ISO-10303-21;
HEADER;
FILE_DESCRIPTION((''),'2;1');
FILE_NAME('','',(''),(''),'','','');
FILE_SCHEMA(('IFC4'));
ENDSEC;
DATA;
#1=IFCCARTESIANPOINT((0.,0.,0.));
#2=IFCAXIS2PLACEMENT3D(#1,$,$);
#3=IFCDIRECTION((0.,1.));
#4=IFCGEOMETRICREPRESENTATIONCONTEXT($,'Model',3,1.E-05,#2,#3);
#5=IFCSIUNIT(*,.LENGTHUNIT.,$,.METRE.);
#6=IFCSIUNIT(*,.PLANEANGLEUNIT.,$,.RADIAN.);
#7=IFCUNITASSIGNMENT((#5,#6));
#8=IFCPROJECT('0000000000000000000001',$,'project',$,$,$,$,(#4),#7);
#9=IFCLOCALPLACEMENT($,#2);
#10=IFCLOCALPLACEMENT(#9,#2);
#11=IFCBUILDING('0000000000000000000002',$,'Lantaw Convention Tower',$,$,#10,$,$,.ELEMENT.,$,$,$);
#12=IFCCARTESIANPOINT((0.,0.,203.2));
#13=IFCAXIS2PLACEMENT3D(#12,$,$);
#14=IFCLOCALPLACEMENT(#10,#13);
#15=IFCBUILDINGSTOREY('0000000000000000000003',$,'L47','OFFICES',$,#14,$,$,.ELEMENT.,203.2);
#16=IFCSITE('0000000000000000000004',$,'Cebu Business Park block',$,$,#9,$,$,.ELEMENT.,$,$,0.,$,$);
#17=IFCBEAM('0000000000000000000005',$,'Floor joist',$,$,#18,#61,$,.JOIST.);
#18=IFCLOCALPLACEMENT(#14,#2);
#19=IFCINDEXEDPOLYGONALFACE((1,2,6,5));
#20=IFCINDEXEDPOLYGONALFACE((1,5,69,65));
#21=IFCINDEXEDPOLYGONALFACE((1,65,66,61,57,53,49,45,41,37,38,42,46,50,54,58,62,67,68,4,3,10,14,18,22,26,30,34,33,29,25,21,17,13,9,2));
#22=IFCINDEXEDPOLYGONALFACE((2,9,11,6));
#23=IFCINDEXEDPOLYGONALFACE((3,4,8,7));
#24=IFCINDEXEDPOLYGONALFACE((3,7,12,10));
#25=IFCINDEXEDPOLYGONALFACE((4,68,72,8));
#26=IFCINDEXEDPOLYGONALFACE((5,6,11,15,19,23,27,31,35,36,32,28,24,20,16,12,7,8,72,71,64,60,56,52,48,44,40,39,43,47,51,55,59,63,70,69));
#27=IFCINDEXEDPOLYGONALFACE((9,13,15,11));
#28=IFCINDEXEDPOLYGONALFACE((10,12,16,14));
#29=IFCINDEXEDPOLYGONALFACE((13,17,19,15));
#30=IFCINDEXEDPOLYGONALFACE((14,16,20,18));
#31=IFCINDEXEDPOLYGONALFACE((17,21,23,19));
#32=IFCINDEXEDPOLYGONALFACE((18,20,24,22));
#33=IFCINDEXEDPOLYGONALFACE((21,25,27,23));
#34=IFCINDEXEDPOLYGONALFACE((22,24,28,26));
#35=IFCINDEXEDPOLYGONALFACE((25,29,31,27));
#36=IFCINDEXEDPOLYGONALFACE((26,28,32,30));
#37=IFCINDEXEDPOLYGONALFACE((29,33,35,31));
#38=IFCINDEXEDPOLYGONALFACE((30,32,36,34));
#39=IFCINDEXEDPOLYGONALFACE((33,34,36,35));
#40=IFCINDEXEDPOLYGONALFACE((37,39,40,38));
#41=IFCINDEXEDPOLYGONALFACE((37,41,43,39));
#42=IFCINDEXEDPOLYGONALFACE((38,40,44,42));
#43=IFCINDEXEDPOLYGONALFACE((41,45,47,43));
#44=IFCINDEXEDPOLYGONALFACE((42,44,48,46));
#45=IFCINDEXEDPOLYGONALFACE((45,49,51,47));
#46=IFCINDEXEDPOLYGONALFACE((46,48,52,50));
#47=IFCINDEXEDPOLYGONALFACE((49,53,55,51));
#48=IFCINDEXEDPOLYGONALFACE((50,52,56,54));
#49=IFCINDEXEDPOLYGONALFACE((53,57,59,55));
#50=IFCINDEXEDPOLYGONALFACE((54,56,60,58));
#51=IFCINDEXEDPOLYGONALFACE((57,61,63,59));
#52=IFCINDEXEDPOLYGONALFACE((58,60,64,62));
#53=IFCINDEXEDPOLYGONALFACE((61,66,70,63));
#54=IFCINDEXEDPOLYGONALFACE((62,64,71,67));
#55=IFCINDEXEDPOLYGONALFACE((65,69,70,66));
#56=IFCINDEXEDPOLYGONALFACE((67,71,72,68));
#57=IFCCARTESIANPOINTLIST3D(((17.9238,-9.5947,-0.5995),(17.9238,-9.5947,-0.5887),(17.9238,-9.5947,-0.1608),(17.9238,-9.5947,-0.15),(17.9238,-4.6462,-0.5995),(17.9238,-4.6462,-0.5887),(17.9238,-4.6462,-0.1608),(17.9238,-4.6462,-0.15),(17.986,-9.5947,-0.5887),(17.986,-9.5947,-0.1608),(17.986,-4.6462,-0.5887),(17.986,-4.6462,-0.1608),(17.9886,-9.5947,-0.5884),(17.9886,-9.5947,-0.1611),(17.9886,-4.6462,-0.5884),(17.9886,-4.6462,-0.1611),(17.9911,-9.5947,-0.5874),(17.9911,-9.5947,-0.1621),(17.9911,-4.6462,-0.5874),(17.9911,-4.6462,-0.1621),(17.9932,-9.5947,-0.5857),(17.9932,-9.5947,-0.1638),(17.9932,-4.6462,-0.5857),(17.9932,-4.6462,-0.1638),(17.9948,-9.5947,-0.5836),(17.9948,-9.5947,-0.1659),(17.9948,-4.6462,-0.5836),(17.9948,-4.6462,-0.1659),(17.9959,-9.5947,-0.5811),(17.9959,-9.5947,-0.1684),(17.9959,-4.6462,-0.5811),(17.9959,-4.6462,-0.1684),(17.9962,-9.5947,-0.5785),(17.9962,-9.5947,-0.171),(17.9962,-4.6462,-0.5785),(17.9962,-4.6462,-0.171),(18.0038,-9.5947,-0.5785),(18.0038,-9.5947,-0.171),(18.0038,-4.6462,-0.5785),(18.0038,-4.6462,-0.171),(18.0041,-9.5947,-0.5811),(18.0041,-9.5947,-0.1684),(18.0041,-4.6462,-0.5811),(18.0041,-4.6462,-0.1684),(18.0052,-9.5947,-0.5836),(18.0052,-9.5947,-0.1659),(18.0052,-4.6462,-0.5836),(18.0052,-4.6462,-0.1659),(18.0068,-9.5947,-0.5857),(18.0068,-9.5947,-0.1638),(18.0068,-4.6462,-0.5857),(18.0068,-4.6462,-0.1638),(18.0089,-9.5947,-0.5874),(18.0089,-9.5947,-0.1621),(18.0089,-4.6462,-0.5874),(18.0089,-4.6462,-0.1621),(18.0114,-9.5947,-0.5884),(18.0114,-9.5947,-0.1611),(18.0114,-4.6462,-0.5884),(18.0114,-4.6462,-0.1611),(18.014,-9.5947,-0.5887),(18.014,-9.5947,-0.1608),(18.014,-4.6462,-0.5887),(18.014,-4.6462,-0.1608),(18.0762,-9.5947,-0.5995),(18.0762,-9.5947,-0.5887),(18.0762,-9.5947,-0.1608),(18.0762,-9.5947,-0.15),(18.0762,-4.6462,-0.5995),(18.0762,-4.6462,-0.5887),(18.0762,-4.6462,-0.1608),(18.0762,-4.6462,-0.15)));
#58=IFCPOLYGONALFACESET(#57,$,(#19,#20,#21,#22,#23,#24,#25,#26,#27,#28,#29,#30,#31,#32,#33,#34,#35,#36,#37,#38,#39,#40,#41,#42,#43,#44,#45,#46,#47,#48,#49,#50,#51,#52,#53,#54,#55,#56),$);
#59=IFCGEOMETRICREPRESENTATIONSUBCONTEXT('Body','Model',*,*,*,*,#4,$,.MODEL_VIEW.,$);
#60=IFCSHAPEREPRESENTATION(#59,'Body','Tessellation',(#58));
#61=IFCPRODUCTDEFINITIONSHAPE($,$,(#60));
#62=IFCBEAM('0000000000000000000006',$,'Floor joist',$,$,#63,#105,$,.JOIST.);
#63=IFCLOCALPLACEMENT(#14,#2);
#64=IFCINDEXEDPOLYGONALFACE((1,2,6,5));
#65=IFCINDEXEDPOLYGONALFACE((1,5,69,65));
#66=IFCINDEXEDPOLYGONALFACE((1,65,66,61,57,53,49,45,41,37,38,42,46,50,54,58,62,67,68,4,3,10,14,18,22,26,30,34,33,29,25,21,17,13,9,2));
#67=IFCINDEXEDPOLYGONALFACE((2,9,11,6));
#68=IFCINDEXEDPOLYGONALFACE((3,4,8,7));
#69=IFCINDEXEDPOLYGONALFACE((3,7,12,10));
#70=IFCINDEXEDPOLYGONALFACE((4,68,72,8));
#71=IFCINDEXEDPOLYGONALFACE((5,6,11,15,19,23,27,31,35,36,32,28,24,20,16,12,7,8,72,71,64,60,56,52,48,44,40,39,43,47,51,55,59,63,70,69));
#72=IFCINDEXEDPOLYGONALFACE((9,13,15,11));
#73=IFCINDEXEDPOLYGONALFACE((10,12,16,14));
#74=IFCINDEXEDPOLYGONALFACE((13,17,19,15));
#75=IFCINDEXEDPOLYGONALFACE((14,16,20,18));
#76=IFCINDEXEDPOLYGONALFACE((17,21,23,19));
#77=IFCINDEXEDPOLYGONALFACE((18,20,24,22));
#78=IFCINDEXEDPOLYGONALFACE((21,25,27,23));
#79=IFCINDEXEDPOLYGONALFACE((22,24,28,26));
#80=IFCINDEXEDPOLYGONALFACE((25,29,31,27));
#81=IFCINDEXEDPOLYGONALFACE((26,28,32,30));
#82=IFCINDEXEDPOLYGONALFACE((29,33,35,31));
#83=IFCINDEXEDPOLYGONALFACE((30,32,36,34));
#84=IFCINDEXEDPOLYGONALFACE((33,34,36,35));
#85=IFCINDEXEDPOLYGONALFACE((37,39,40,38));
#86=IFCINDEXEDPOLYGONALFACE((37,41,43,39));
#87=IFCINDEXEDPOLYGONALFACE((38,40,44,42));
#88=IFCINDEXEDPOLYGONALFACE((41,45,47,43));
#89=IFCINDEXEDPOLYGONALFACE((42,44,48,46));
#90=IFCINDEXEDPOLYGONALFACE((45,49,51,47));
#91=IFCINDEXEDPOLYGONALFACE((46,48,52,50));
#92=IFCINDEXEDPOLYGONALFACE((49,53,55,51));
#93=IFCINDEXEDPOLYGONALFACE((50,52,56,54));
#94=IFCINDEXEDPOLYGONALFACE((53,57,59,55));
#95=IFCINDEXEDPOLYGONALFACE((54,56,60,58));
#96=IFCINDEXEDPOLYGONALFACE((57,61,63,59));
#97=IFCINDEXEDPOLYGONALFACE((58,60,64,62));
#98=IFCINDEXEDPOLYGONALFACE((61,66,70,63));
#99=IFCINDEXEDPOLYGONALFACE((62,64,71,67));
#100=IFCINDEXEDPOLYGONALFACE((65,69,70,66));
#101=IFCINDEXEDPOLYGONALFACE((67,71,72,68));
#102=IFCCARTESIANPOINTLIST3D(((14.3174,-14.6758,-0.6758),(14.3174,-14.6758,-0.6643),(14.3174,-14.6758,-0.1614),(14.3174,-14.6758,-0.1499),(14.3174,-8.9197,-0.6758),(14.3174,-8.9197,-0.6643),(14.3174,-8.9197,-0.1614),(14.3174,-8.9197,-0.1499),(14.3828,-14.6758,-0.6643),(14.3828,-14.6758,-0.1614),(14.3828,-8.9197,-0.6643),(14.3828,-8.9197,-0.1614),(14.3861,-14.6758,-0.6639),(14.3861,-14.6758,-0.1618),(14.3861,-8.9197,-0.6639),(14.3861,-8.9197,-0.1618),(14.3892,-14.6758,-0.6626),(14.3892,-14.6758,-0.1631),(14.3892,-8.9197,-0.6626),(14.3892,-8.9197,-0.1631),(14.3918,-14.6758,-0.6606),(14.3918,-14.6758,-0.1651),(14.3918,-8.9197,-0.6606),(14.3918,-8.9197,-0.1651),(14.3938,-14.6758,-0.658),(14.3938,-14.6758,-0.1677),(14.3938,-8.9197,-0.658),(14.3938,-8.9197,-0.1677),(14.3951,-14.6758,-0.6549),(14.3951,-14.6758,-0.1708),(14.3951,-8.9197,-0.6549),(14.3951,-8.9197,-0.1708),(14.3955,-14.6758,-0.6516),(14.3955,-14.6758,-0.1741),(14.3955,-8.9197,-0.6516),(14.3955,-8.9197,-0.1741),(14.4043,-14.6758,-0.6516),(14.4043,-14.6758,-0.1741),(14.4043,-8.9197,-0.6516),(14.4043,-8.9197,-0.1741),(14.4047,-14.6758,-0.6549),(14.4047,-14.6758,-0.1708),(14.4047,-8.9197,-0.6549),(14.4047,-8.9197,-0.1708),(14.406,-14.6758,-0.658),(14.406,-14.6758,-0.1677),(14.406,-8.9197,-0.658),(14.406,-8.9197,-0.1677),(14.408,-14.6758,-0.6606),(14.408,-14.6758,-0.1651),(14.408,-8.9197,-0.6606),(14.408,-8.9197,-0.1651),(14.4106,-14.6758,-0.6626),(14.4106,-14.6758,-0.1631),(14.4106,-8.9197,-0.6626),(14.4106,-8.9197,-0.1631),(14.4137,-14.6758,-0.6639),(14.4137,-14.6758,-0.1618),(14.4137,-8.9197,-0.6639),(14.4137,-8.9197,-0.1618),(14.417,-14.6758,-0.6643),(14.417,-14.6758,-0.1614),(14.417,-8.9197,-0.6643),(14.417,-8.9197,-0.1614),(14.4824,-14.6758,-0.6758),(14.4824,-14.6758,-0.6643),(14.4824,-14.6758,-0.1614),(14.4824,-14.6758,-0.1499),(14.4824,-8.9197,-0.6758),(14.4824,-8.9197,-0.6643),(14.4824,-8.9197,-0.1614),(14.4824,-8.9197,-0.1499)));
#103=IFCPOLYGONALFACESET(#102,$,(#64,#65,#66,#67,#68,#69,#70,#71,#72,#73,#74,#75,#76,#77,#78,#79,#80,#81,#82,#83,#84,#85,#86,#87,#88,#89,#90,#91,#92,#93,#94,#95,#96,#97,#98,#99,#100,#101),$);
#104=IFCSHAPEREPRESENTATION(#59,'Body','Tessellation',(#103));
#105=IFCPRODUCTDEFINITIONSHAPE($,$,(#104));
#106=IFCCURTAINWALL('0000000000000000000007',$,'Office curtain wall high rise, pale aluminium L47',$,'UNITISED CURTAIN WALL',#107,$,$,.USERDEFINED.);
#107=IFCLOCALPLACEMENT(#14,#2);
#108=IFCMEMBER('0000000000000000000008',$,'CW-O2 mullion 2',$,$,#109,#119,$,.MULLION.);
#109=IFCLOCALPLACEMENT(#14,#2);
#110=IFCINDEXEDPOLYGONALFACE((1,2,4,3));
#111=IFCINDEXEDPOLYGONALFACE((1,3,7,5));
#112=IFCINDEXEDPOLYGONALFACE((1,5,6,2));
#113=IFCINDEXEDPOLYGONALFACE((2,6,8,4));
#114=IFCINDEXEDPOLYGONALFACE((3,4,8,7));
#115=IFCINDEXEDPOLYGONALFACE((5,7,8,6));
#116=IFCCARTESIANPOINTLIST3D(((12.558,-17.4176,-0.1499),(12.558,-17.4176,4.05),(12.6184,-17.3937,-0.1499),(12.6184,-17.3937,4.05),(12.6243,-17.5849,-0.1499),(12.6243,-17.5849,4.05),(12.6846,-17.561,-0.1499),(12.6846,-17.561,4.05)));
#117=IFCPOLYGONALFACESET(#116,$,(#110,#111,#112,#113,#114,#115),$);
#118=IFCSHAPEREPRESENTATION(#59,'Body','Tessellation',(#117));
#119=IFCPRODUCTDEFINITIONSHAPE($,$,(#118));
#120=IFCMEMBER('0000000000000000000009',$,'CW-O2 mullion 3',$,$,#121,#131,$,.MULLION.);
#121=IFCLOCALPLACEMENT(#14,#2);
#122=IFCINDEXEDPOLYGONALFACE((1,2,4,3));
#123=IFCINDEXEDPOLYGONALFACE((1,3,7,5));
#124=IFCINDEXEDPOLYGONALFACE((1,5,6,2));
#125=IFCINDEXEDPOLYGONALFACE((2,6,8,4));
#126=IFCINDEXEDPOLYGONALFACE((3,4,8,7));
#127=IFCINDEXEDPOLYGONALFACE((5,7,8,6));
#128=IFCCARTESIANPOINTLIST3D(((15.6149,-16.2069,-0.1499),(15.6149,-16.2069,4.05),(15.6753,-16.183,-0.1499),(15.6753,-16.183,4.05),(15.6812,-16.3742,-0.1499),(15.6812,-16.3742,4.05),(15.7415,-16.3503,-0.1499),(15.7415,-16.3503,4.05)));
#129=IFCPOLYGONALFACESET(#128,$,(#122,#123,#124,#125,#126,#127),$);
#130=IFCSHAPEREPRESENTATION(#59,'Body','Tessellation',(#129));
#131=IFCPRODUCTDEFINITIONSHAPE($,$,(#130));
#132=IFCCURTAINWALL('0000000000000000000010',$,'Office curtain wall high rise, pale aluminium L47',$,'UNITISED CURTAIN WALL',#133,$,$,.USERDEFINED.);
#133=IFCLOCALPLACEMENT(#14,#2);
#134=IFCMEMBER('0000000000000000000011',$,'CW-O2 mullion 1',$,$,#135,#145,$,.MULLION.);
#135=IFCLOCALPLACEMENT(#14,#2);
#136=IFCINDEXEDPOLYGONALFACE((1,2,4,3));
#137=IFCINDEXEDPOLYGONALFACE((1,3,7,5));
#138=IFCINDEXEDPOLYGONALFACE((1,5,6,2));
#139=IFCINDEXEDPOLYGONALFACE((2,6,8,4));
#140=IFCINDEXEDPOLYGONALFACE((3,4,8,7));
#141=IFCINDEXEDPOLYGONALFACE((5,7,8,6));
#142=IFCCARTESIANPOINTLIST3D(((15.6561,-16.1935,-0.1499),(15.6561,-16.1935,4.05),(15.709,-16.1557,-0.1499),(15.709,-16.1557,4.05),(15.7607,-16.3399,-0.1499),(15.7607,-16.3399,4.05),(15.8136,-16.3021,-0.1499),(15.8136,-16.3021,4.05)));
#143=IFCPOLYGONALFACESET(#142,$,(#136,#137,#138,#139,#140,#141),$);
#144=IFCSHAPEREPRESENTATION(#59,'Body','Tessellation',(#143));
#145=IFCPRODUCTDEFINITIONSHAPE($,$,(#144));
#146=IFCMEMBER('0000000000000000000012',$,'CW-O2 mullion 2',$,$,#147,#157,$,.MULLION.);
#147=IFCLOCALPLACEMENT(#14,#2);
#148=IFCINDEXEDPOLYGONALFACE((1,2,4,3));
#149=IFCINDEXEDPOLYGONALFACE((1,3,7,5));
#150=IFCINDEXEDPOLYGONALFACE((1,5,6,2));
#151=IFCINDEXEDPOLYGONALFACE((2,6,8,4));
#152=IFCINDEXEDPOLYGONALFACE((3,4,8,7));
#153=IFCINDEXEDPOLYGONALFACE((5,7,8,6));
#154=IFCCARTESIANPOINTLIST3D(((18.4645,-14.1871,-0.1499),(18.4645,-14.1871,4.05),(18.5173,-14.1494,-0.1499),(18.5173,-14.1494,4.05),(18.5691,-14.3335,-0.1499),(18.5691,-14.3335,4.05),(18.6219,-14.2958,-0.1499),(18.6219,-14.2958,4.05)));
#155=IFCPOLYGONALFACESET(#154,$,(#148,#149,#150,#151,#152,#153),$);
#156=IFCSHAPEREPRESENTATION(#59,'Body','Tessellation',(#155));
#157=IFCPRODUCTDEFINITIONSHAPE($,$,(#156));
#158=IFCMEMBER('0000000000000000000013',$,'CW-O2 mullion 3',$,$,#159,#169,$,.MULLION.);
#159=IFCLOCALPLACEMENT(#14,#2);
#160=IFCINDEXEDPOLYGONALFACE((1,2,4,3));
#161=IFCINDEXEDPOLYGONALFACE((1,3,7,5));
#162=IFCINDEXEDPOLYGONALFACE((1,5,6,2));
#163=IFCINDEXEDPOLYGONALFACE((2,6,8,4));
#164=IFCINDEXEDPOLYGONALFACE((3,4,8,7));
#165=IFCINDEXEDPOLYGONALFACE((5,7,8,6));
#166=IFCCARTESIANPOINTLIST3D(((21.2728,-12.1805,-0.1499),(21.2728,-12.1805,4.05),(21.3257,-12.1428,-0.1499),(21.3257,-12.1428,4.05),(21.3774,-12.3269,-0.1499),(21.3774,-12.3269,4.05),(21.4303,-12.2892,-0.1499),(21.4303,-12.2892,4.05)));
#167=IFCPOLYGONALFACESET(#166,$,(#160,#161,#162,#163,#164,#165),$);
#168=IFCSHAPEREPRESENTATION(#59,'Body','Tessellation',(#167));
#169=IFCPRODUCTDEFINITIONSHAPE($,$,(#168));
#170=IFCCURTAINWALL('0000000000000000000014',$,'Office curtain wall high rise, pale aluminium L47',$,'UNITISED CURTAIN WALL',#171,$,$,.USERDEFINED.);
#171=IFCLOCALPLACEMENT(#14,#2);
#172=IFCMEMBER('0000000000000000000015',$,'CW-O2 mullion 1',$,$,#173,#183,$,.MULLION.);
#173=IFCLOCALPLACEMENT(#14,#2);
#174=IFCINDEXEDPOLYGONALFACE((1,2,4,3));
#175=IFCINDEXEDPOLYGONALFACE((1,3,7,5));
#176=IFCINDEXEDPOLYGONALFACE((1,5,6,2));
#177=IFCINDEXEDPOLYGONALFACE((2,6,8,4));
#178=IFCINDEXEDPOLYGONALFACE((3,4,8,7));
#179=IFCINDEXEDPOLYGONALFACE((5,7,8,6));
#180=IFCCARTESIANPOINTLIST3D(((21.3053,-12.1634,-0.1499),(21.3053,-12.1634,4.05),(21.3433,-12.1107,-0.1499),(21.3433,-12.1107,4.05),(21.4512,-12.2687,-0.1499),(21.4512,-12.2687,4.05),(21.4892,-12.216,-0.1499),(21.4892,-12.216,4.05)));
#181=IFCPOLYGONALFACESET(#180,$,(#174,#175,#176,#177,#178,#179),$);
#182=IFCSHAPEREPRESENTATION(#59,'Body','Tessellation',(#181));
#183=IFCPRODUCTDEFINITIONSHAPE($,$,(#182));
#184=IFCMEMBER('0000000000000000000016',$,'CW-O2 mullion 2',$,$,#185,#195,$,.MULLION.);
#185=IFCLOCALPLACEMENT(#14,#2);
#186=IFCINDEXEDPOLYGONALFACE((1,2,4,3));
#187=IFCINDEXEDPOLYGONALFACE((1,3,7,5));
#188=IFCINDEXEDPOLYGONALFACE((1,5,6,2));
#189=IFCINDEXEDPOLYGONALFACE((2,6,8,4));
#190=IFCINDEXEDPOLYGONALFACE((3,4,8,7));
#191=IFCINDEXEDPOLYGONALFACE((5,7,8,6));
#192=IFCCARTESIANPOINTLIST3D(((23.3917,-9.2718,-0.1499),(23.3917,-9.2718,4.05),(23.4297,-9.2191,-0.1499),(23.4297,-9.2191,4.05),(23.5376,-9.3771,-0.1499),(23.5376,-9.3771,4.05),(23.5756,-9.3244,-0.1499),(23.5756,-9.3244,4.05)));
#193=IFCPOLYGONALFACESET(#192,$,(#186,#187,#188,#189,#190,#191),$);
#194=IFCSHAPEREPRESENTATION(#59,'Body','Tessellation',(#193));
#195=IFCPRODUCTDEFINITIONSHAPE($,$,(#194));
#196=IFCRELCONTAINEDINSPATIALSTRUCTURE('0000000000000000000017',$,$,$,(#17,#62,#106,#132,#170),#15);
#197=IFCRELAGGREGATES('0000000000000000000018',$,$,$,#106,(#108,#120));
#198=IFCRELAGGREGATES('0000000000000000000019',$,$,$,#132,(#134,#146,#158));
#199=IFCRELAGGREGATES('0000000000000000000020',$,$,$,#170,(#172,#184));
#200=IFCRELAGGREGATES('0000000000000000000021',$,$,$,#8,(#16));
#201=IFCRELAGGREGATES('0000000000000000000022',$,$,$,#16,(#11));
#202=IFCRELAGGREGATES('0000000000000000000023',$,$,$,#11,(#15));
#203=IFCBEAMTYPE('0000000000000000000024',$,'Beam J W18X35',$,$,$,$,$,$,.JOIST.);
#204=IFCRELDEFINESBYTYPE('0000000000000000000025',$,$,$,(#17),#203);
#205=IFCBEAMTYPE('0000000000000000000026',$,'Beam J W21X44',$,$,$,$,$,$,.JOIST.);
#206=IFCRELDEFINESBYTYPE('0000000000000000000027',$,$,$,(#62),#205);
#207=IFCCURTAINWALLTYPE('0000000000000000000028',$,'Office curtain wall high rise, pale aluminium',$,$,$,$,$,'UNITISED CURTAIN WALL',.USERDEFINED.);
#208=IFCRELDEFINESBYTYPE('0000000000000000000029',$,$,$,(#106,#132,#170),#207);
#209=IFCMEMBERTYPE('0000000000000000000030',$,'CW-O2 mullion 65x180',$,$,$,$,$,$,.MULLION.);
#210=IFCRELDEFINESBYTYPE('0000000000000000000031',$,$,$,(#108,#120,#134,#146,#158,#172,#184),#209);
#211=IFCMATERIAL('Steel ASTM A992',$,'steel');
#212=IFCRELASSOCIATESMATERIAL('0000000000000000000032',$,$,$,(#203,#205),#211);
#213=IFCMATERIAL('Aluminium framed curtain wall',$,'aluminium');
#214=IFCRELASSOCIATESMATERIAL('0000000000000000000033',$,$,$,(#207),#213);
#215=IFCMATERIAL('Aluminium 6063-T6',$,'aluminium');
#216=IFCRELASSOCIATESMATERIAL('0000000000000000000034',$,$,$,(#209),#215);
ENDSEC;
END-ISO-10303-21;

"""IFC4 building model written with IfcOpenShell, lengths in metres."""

from ifc_helpers import new_model, si_unit, direction, frame, origin, origin_2d, place, context, subcontext, project, spatial, rectangle, i_section, extrude, material, material_profile, profile_set, type_object, element, aggregate, save


model = new_model("IFC4")

# Units and contexts
model_context = context("Model", 3, precision=1e-05, world=origin(), true_north=direction((0.0, 1.0)))
body_context = subcontext(model_context, "Body", "Model", "MODEL_VIEW")
ifc_project = project(units=[si_unit("LENGTHUNIT", "METRE"), si_unit("PLANEANGLEUNIT", "RADIAN")], contexts=[model_context])

# Site, building, storey
site_placement = place(None, origin())
site = spatial("IfcSite", under=ifc_project, at=site_placement, Name="Cebu Business Park block", CompositionType="ELEMENT", RefElevation=0.0)
building_placement = place(site_placement, origin())
building = spatial("IfcBuilding", under=site, at=building_placement, Name="Lantaw Convention Tower", CompositionType="ELEMENT")
storey_placement = place(building_placement, frame((0.0, 0.0, 203.2)))
storey = spatial("IfcBuildingStorey", under=building, at=storey_placement, Name="L47", Description="OFFICES", CompositionType="ELEMENT", Elevation=203.2)

# Beams
ifc_material_1 = material(Name="Steel ASTM A992", Category="steel")
ifc_material_profile_1 = material_profile(ifc_material_1, i_section(OverallWidth=0.1523, OverallDepth=0.4495, WebThickness=0.0076, FlangeThickness=0.0107, FilletRadius=0.0103, at=origin_2d()), Name="W18X35")
ifc_profile_set_1 = profile_set([ifc_material_profile_1], Name="Steel ASTM A992")
beam_type_1 = type_object("IfcBeamType", Name="Beam J W18X35", PredefinedType="JOIST", material=ifc_profile_set_1)
beam_1_placement = place(storey_placement, frame((18.0, -9.5947, -0.3748), z_axis=(0.0, 1.0, 0.0), x_axis=(-1.0, 0.0, 0.0)))
element("IfcBeam", 1, at=beam_1_placement, inside=storey, type_object=beam_type_1, Name="Floor joist", PredefinedType="JOIST", context=body_context, shape_type="SweptSolid", body=[
    extrude(i_section(OverallWidth=0.1523, OverallDepth=0.4495, WebThickness=0.0076, FlangeThickness=0.0107, FilletRadius=0.0103, at=origin_2d()), origin(), (0.0, 0.0, 1.0), 4.9485),
])
ifc_material_profile_2 = material_profile(ifc_material_1, i_section(OverallWidth=0.165, OverallDepth=0.5259, WebThickness=0.0088, FlangeThickness=0.0115, FilletRadius=0.0127, at=origin_2d()), Name="W21X44")
ifc_profile_set_2 = profile_set([ifc_material_profile_2], Name="Steel ASTM A992")
beam_type_2 = type_object("IfcBeamType", Name="Beam J W21X44", PredefinedType="JOIST", material=ifc_profile_set_2)
beam_2_placement = place(storey_placement, frame((14.3999, -14.6758, -0.4128), z_axis=(0.0, 1.0, 0.0), x_axis=(-1.0, 0.0, 0.0)))
element("IfcBeam", 2, at=beam_2_placement, inside=storey, type_object=beam_type_2, Name="Floor joist", PredefinedType="JOIST", context=body_context, shape_type="SweptSolid", body=[
    extrude(i_section(OverallWidth=0.165, OverallDepth=0.5259, WebThickness=0.0088, FlangeThickness=0.0115, FilletRadius=0.0127, at=origin_2d()), origin(), (0.0, 0.0, 1.0), 5.7561),
])

# Curtain walls, members
ifc_material_2 = material(Name="Aluminium framed curtain wall", Category="aluminium")
curtain_wall_type = type_object("IfcCurtainWallType", Name="Office curtain wall high rise, pale aluminium", ElementType="UNITISED CURTAIN WALL", PredefinedType="USERDEFINED", material=ifc_material_2)
curtain_wall_1_placement = place(storey_placement, origin())
curtain_wall_1 = element("IfcCurtainWall", 3, at=curtain_wall_1_placement, inside=storey, type_object=curtain_wall_type, Name="Office curtain wall high rise, pale aluminium L47", ObjectType="UNITISED CURTAIN WALL", PredefinedType="USERDEFINED")
ifc_material_3 = material(Name="Aluminium 6063-T6", Category="aluminium")
ifc_material_profile_3 = material_profile(ifc_material_3, rectangle(XDim=0.1799, YDim=0.0649, at=origin_2d()), Name="CW-O2 mullion 65x180")
ifc_profile_set_3 = profile_set([ifc_material_profile_3], Name="Aluminium 6063-T6")
member_type_1 = type_object("IfcMemberType", Name="CW-O2 mullion 65x180", PredefinedType="MULLION", material=ifc_profile_set_3)
member_1_placement = place(storey_placement, frame((12.6213, -17.4893, -0.1499), z_axis=(0.0, 0.0, 1.0), x_axis=(-0.368162, 0.929762, 0.0)))
member_1 = element("IfcMember", 4, at=member_1_placement, type_object=member_type_1, Name="CW-O2 mullion 2", PredefinedType="MULLION", context=body_context, shape_type="SweptSolid", body=[
    extrude(rectangle(XDim=0.1799, YDim=0.0649, at=origin_2d()), origin(), (0.0, 0.0, 1.0), 4.2),
])
member_2_placement = place(storey_placement, frame((15.6782, -16.2786, -0.1499), z_axis=(0.0, 0.0, 1.0), x_axis=(-0.368162, 0.929762, 0.0)))
member_2 = element("IfcMember", 5, at=member_2_placement, type_object=member_type_1, Name="CW-O2 mullion 3", PredefinedType="MULLION", context=body_context, shape_type="SweptSolid", body=[
    extrude(rectangle(XDim=0.1799, YDim=0.0649, at=origin_2d()), origin(), (0.0, 0.0, 1.0), 4.2),
])
curtain_wall_2_placement = place(storey_placement, origin())
curtain_wall_2 = element("IfcCurtainWall", 6, at=curtain_wall_2_placement, inside=storey, type_object=curtain_wall_type, Name="Office curtain wall high rise, pale aluminium L47", ObjectType="UNITISED CURTAIN WALL", PredefinedType="USERDEFINED")
member_3_placement = place(storey_placement, frame((15.7349, -16.2478, -0.1499), z_axis=(0.0, 0.0, 1.0), x_axis=(-0.581323, 0.813673, 0.0)))
member_3 = element("IfcMember", 7, at=member_3_placement, type_object=member_type_1, Name="CW-O2 mullion 1", PredefinedType="MULLION", context=body_context, shape_type="SweptSolid", body=[
    extrude(rectangle(XDim=0.1799, YDim=0.0649, at=origin_2d()), origin(), (0.0, 0.0, 1.0), 4.2),
])
member_4_placement = place(storey_placement, frame((18.5432, -14.2415, -0.1499), z_axis=(0.0, 0.0, 1.0), x_axis=(-0.581323, 0.813673, 0.0)))
member_4 = element("IfcMember", 8, at=member_4_placement, type_object=member_type_1, Name="CW-O2 mullion 2", PredefinedType="MULLION", context=body_context, shape_type="SweptSolid", body=[
    extrude(rectangle(XDim=0.1799, YDim=0.0649, at=origin_2d()), origin(), (0.0, 0.0, 1.0), 4.2),
])
member_5_placement = place(storey_placement, frame((21.3516, -12.2349, -0.1499), z_axis=(0.0, 0.0, 1.0), x_axis=(-0.581323, 0.813673, 0.0)))
member_5 = element("IfcMember", 9, at=member_5_placement, type_object=member_type_1, Name="CW-O2 mullion 3", PredefinedType="MULLION", context=body_context, shape_type="SweptSolid", body=[
    extrude(rectangle(XDim=0.1799, YDim=0.0649, at=origin_2d()), origin(), (0.0, 0.0, 1.0), 4.2),
])
curtain_wall_3_placement = place(storey_placement, origin())
curtain_wall_3 = element("IfcCurtainWall", 10, at=curtain_wall_3_placement, inside=storey, type_object=curtain_wall_type, Name="Office curtain wall high rise, pale aluminium L47", ObjectType="UNITISED CURTAIN WALL", PredefinedType="USERDEFINED")
member_6_placement = place(storey_placement, frame((21.3972, -12.1897, -0.1499), z_axis=(0.0, 0.0, 1.0), x_axis=(-0.81092, 0.585158, 0.0)))
member_6 = element("IfcMember", 11, at=member_6_placement, type_object=member_type_1, Name="CW-O2 mullion 1", PredefinedType="MULLION", context=body_context, shape_type="SweptSolid", body=[
    extrude(rectangle(XDim=0.1799, YDim=0.0649, at=origin_2d()), origin(), (0.0, 0.0, 1.0), 4.2),
])
member_7_placement = place(storey_placement, frame((23.4836, -9.2981, -0.1499), z_axis=(0.0, 0.0, 1.0), x_axis=(-0.81092, 0.585158, 0.0)))
member_7 = element("IfcMember", 12, at=member_7_placement, type_object=member_type_1, Name="CW-O2 mullion 2", PredefinedType="MULLION", context=body_context, shape_type="SweptSolid", body=[
    extrude(rectangle(XDim=0.1799, YDim=0.0649, at=origin_2d()), origin(), (0.0, 0.0, 1.0), 4.2),
])

aggregate(curtain_wall_1, [member_1, member_2])
aggregate(curtain_wall_2, [member_3, member_4, member_5])
aggregate(curtain_wall_3, [member_6, member_7])

save(model, "model.ifc")
